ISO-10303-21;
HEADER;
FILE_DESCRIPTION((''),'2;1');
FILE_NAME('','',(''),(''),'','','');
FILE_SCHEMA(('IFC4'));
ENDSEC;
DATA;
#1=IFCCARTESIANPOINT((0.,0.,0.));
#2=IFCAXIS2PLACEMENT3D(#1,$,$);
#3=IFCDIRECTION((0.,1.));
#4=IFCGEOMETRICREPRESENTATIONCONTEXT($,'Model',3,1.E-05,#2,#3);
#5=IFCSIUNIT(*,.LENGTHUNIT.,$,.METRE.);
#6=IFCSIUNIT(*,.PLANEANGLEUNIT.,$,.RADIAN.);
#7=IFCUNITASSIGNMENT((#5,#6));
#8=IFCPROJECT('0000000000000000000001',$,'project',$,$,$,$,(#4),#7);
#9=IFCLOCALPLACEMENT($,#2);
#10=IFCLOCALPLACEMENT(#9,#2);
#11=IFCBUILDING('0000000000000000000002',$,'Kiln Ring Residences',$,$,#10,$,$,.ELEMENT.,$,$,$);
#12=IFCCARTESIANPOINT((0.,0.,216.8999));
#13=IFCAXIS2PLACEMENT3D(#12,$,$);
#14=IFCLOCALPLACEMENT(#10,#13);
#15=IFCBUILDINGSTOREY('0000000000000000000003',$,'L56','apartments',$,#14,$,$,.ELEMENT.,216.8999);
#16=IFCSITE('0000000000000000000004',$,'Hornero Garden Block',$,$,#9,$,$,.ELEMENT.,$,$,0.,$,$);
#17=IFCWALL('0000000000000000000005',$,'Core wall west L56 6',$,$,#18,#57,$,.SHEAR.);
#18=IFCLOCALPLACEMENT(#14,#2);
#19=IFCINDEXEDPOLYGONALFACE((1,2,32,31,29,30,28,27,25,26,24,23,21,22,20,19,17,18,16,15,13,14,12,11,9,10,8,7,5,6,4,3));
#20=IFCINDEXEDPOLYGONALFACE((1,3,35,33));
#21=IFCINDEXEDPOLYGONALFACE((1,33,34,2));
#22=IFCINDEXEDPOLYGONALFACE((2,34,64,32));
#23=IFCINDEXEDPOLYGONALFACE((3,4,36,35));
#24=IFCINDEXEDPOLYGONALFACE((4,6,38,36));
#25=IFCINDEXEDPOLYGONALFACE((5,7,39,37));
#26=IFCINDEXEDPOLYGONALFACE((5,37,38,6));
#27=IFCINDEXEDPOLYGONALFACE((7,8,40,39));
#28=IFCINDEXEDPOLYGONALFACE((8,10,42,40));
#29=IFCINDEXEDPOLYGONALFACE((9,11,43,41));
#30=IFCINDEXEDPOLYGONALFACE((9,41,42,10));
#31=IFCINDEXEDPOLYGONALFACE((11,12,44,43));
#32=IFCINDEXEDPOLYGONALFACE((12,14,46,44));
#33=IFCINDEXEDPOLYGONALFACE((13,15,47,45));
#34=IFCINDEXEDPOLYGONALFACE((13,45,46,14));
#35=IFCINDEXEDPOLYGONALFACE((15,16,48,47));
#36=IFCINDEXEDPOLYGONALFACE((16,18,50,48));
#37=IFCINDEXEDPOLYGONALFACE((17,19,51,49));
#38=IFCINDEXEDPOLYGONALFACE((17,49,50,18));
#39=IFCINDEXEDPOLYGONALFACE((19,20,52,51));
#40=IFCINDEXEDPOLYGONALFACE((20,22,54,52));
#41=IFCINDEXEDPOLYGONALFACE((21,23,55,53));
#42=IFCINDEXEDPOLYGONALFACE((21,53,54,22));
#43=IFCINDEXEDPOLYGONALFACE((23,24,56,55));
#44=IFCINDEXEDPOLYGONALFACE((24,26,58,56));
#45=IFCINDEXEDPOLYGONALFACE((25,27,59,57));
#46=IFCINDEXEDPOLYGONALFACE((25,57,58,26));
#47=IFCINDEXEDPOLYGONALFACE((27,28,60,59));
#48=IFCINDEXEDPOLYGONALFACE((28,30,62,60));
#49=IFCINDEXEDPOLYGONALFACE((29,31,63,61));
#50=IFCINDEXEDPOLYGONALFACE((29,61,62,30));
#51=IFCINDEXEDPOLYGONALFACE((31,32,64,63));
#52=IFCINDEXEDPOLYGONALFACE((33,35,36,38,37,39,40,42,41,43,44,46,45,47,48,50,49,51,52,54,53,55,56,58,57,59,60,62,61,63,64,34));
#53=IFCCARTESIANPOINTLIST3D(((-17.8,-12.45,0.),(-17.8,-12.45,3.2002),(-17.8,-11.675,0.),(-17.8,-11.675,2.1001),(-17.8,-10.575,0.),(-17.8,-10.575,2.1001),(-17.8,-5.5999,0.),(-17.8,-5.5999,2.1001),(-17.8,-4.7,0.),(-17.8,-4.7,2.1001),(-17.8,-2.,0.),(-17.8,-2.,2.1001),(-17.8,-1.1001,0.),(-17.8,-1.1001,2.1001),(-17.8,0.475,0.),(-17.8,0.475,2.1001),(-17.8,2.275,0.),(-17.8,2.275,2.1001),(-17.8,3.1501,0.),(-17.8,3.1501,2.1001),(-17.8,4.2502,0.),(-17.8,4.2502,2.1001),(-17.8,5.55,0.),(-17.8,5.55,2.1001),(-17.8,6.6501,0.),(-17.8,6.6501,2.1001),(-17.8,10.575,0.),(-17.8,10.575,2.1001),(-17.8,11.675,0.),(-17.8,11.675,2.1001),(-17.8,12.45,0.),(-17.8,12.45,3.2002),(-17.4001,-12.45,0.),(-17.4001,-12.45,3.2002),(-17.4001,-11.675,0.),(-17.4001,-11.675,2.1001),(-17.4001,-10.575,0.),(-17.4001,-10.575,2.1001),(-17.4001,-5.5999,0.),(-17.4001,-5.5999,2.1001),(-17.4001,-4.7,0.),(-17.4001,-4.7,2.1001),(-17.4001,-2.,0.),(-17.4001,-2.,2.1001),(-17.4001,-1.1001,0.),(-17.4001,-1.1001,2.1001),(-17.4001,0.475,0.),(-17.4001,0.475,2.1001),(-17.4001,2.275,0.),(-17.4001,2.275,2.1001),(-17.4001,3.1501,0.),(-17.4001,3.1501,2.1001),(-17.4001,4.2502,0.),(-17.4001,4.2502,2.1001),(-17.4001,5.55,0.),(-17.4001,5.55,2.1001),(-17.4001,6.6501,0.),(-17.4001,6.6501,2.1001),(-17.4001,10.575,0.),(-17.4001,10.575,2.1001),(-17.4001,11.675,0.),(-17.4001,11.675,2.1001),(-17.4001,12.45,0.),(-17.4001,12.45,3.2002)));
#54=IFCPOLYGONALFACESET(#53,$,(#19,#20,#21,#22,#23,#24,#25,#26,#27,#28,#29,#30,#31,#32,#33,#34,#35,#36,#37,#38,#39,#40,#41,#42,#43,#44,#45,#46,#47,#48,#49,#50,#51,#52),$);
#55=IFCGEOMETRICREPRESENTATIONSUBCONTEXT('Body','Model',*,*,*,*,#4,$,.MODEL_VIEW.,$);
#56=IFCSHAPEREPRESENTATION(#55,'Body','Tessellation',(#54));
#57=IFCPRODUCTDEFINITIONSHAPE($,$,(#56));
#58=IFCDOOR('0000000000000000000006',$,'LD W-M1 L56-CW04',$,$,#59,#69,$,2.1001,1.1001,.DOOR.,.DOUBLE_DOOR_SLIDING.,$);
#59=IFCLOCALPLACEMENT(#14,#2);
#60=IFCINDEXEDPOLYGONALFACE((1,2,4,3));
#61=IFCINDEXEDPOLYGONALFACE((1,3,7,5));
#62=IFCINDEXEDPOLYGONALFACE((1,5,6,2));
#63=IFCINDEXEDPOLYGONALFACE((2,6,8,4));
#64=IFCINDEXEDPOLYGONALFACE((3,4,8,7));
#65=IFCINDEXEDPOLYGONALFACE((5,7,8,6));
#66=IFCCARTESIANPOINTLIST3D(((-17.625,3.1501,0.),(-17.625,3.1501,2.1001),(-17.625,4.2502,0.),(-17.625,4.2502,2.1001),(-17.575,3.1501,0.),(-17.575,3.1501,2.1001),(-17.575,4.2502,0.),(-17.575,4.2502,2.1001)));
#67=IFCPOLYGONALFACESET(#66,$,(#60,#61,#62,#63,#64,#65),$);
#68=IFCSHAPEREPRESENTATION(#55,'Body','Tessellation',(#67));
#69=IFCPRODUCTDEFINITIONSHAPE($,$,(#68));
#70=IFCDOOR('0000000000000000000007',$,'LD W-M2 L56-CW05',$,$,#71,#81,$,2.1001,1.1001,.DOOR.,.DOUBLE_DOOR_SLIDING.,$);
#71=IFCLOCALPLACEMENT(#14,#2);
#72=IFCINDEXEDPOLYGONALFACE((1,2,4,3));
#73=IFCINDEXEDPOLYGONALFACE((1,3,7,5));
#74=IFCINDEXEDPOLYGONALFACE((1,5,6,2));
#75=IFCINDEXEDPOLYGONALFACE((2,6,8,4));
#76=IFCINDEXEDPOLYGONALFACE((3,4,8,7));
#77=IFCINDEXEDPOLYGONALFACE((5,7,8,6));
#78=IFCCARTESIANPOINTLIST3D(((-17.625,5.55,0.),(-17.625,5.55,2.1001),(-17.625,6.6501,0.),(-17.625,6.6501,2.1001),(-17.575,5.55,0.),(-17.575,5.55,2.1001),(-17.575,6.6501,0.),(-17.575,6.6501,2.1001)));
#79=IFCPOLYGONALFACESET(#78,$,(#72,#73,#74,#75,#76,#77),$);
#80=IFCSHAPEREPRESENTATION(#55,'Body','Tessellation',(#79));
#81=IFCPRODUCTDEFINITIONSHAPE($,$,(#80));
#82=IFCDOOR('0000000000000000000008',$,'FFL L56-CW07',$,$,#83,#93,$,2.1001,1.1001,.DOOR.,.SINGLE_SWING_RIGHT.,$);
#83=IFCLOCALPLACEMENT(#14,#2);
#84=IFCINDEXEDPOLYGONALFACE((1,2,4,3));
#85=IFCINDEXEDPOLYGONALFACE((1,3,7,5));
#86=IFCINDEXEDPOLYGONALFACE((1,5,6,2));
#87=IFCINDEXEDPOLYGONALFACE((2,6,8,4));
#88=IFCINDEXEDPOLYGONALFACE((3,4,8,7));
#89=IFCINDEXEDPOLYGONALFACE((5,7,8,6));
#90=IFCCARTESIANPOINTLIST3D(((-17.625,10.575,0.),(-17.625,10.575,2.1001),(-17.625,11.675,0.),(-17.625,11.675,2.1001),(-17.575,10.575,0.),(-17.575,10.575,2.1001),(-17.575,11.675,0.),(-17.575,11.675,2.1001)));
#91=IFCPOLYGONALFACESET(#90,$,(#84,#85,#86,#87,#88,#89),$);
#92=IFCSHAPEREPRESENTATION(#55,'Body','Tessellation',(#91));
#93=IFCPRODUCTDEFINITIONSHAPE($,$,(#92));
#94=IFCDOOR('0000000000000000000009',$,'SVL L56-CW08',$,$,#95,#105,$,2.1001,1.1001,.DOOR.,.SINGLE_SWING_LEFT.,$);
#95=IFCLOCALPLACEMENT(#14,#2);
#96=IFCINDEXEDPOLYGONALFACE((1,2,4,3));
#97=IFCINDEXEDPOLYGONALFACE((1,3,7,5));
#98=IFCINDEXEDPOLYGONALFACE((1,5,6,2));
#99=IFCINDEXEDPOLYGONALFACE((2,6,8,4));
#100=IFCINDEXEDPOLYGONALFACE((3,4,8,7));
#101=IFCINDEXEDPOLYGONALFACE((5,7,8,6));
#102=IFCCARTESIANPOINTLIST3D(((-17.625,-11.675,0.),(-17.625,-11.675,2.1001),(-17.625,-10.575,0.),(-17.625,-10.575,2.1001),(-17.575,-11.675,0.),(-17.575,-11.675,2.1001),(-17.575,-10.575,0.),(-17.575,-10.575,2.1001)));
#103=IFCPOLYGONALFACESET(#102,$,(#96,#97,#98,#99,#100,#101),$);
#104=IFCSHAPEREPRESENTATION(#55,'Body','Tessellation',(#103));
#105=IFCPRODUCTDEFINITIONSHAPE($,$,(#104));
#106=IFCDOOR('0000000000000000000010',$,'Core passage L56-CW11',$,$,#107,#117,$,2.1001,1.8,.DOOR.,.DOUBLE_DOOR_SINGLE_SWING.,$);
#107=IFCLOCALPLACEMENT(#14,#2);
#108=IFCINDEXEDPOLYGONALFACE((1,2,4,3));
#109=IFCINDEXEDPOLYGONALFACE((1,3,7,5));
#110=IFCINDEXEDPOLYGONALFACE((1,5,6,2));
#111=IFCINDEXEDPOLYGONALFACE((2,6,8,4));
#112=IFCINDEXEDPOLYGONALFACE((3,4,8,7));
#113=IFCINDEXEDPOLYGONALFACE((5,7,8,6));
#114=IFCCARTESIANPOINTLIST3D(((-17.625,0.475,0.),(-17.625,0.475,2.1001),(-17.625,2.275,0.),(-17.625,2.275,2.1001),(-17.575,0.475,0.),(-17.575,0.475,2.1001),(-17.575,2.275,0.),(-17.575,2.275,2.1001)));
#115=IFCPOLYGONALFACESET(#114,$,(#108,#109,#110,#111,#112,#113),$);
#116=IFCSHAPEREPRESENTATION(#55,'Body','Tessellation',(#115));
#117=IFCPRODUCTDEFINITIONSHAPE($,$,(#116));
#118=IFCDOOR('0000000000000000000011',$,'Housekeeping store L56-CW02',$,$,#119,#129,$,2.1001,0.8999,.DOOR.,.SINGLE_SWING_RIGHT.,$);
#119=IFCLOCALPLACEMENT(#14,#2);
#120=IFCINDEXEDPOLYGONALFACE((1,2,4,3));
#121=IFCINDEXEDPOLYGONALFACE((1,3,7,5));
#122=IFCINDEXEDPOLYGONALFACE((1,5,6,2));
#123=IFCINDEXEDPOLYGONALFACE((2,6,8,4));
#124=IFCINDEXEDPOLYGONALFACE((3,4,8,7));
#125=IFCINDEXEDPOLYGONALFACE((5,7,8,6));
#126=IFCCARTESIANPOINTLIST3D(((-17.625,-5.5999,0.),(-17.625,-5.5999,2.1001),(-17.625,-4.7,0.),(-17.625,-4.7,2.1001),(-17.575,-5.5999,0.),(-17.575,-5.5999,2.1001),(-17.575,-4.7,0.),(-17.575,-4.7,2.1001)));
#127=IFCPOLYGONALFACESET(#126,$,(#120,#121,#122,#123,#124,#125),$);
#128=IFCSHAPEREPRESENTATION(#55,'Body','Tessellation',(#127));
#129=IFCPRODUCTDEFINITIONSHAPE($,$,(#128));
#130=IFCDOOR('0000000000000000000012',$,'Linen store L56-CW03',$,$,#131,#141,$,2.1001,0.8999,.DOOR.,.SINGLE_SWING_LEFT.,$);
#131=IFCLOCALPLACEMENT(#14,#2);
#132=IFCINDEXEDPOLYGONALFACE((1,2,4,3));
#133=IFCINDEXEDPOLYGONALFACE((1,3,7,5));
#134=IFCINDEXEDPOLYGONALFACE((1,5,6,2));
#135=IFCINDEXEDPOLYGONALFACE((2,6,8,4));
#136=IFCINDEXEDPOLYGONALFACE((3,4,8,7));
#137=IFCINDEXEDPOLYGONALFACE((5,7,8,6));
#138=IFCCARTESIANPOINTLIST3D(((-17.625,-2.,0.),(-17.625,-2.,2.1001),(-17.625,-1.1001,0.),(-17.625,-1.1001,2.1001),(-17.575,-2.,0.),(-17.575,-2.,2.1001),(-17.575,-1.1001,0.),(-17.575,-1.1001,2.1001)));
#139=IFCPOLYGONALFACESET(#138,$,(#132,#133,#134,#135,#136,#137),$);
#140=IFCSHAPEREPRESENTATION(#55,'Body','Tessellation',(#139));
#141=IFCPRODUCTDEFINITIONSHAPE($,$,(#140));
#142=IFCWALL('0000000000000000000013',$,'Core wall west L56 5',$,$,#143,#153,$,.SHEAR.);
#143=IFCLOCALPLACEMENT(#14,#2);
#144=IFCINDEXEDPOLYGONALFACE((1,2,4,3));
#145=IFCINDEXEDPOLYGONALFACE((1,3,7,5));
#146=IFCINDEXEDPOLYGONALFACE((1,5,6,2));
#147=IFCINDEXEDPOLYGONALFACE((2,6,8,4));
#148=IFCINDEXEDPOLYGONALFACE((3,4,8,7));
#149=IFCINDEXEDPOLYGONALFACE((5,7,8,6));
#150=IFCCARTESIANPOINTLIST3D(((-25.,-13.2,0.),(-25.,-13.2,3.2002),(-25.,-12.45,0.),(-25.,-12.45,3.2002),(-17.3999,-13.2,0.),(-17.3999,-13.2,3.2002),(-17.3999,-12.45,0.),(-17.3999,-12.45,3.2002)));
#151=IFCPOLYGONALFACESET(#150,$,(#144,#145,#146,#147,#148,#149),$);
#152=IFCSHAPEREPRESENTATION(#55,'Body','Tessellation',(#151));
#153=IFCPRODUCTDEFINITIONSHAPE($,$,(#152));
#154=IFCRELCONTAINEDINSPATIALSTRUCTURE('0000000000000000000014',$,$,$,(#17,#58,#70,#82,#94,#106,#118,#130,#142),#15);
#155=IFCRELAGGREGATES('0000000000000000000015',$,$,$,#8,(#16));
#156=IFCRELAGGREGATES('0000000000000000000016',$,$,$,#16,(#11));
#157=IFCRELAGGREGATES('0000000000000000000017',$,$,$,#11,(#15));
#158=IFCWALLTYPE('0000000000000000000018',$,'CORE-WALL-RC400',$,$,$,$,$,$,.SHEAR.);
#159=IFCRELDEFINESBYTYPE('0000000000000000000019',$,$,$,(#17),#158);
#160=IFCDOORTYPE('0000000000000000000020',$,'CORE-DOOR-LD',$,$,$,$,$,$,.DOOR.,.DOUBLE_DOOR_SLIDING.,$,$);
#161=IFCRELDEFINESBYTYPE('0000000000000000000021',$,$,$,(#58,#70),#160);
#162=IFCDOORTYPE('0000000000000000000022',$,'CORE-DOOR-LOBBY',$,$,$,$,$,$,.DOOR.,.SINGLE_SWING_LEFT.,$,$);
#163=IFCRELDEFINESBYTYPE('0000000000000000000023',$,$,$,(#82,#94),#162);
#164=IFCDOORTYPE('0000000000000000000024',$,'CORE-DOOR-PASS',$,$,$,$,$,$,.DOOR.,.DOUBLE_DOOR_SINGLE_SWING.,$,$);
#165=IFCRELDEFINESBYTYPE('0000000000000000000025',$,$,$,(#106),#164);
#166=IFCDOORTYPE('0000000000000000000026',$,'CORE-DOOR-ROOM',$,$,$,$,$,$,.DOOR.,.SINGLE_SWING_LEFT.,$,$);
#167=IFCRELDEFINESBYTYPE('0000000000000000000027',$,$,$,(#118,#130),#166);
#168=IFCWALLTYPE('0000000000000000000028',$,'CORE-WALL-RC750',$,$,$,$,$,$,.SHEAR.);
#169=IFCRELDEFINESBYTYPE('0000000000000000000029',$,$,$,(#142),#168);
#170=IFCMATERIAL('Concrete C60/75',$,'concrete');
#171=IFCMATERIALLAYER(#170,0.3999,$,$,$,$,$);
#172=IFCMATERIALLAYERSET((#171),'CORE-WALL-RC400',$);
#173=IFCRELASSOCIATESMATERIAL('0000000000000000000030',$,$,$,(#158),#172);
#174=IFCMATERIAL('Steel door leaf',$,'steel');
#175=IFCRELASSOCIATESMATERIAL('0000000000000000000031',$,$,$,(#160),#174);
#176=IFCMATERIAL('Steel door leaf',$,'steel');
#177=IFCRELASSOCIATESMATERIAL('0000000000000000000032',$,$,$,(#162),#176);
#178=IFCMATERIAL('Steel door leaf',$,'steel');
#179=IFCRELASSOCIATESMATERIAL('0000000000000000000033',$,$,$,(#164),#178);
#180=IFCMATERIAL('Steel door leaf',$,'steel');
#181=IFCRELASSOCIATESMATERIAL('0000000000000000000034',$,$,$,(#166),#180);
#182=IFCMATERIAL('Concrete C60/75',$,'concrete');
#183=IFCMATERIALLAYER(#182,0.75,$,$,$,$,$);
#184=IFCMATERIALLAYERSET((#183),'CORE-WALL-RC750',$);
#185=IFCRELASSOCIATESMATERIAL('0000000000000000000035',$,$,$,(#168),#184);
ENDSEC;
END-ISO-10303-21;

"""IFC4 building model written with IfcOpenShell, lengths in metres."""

from ifc_helpers import new_model, si_unit, direction, frame, frame_2d, origin, place, context, subcontext, project, spatial, rectangle, extrude, material, layer, layer_set, type_object, element, fill, save


model = new_model("IFC4")

# Units and contexts
model_context = context("Model", 3, precision=1e-05, world=origin(), true_north=direction((0.0, 1.0)))
body_context = subcontext(model_context, "Body", "Model", "MODEL_VIEW")
ifc_project = project(units=[si_unit("LENGTHUNIT", "METRE"), si_unit("PLANEANGLEUNIT", "RADIAN")], contexts=[model_context])

# Site, building, storey
site_placement = place(None, origin())
site = spatial("IfcSite", under=ifc_project, at=site_placement, Name="Hornero Garden Block", CompositionType="ELEMENT", RefElevation=0.0)
building_placement = place(site_placement, origin())
building = spatial("IfcBuilding", under=site, at=building_placement, Name="Kiln Ring Residences", CompositionType="ELEMENT")
storey_placement = place(building_placement, frame((0.0, 0.0, 216.8999)))
storey = spatial("IfcBuildingStorey", under=building, at=storey_placement, Name="L56", Description="apartments", CompositionType="ELEMENT", Elevation=216.8999)

# Wall, openings, doors
ifc_material_1 = material(Name="Concrete C60/75", Category="concrete")
ifc_layer_1 = layer(ifc_material_1, 0.3999)
ifc_layer_set_1 = layer_set([ifc_layer_1], Name="CORE-WALL-RC400")
wall_type_1 = type_object("IfcWallType", Name="CORE-WALL-RC400", PredefinedType="SHEAR", material=ifc_layer_set_1)
wall_1_placement = place(storey_placement, frame((-17.6001, -12.45, 0.0), z_axis=(0.0, 0.0, 1.0), x_axis=(0.0, 1.0, 0.0)))
wall_1 = element("IfcWall", 1, at=wall_1_placement, inside=storey, type_object=wall_type_1, Name="Core wall west L56 6", PredefinedType="SHEAR", context=body_context, shape_type="SweptSolid", body=[
    extrude(rectangle(XDim=24.8999, YDim=0.3999, at=frame_2d((12.45, 0.0))), origin(), (0.0, 0.0, 1.0), 3.2002),
])
opening_1_placement = place(wall_1_placement, frame((6.8501, 0.0, 0.0)))
opening_1 = element("IfcOpeningElement", 2, at=opening_1_placement, cuts=wall_1, PredefinedType="OPENING", context=body_context, shape_type="SweptSolid", body=[
    extrude(rectangle(XDim=0.8999, YDim=2.1001, at=frame_2d((0.45, 1.05))), frame((0.0, 0.21, 0.0), z_axis=(0.0, -1.0, 0.0), x_axis=(1.0, 0.0, 0.0)), (0.0, 0.0, 1.0), 0.4199),
])
opening_2_placement = place(wall_1_placement, frame((10.45, 0.0, 0.0)))
opening_2 = element("IfcOpeningElement", 3, at=opening_2_placement, cuts=wall_1, PredefinedType="OPENING", context=body_context, shape_type="SweptSolid", body=[
    extrude(rectangle(XDim=0.8999, YDim=2.1001, at=frame_2d((0.45, 1.05))), frame((0.0, 0.21, 0.0), z_axis=(0.0, -1.0, 0.0), x_axis=(1.0, 0.0, 0.0)), (0.0, 0.0, 1.0), 0.4199),
])
opening_3_placement = place(wall_1_placement, frame((15.6001, 0.0, 0.0)))
opening_3 = element("IfcOpeningElement", 4, at=opening_3_placement, cuts=wall_1, PredefinedType="OPENING", context=body_context, shape_type="SweptSolid", body=[
    extrude(rectangle(XDim=1.1001, YDim=2.1001, at=frame_2d((0.55, 1.05))), frame((0.0, 0.21, 0.0), z_axis=(0.0, -1.0, 0.0), x_axis=(1.0, 0.0, 0.0)), (0.0, 0.0, 1.0), 0.4199),
])
opening_4_placement = place(wall_1_placement, frame((18.0, 0.0, 0.0)))
opening_4 = element("IfcOpeningElement", 5, at=opening_4_placement, cuts=wall_1, PredefinedType="OPENING", context=body_context, shape_type="SweptSolid", body=[
    extrude(rectangle(XDim=1.1001, YDim=2.1001, at=frame_2d((0.55, 1.05))), frame((0.0, 0.21, 0.0), z_axis=(0.0, -1.0, 0.0), x_axis=(1.0, 0.0, 0.0)), (0.0, 0.0, 1.0), 0.4199),
])
opening_5_placement = place(wall_1_placement, frame((23.0249, 0.0, 0.0)))
opening_5 = element("IfcOpeningElement", 6, at=opening_5_placement, cuts=wall_1, PredefinedType="OPENING", context=body_context, shape_type="SweptSolid", body=[
    extrude(rectangle(XDim=1.1001, YDim=2.1001, at=frame_2d((0.55, 1.05))), frame((0.0, 0.21, 0.0), z_axis=(0.0, -1.0, 0.0), x_axis=(1.0, 0.0, 0.0)), (0.0, 0.0, 1.0), 0.4199),
])
opening_6_placement = place(wall_1_placement, frame((0.7749, 0.0, 0.0)))
opening_6 = element("IfcOpeningElement", 7, at=opening_6_placement, cuts=wall_1, PredefinedType="OPENING", context=body_context, shape_type="SweptSolid", body=[
    extrude(rectangle(XDim=1.1001, YDim=2.1001, at=frame_2d((0.55, 1.05))), frame((0.0, 0.21, 0.0), z_axis=(0.0, -1.0, 0.0), x_axis=(1.0, 0.0, 0.0)), (0.0, 0.0, 1.0), 0.4199),
])
opening_7_placement = place(wall_1_placement, frame((12.925, 0.0, 0.0)))
opening_7 = element("IfcOpeningElement", 8, at=opening_7_placement, cuts=wall_1, PredefinedType="OPENING", context=body_context, shape_type="SweptSolid", body=[
    extrude(rectangle(XDim=1.8, YDim=2.1001, at=frame_2d((0.8999, 1.05))), frame((0.0, 0.21, 0.0), z_axis=(0.0, -1.0, 0.0), x_axis=(1.0, 0.0, 0.0)), (0.0, 0.0, 1.0), 0.4199),
])
ifc_material_2 = material(Name="Steel door leaf", Category="steel")
door_type_1 = type_object("IfcDoorType", Name="CORE-DOOR-LD", OperationType="DOUBLE_DOOR_SLIDING", PredefinedType="DOOR", material=ifc_material_2)
door_1_placement = place(opening_3_placement, origin())
door_1 = element("IfcDoor", 9, at=door_1_placement, inside=storey, type_object=door_type_1, Name="LD W-M1 L56-CW04", OperationType="DOUBLE_DOOR_SLIDING", OverallHeight=2.1001, OverallWidth=1.1001, PredefinedType="DOOR", context=body_context, shape_type="SweptSolid", body=[
    extrude(rectangle(XDim=1.1001, YDim=2.1001, at=frame_2d((0.55, 1.05))), frame((0.0, 0.0249, 0.0), z_axis=(0.0, -1.0, 0.0), x_axis=(1.0, 0.0, 0.0)), (0.0, 0.0, 1.0), 0.05),
])
fill(opening_3, door_1)
door_2_placement = place(opening_4_placement, origin())
door_2 = element("IfcDoor", 10, at=door_2_placement, inside=storey, type_object=door_type_1, Name="LD W-M2 L56-CW05", OperationType="DOUBLE_DOOR_SLIDING", OverallHeight=2.1001, OverallWidth=1.1001, PredefinedType="DOOR", context=body_context, shape_type="SweptSolid", body=[
    extrude(rectangle(XDim=1.1001, YDim=2.1001, at=frame_2d((0.55, 1.05))), frame((0.0, 0.0249, 0.0), z_axis=(0.0, -1.0, 0.0), x_axis=(1.0, 0.0, 0.0)), (0.0, 0.0, 1.0), 0.05),
])
fill(opening_4, door_2)
ifc_material_3 = material(Name="Steel door leaf", Category="steel")
door_type_2 = type_object("IfcDoorType", Name="CORE-DOOR-LOBBY", OperationType="SINGLE_SWING_LEFT", PredefinedType="DOOR", material=ifc_material_3)
door_3_placement = place(opening_5_placement, origin())
door_3 = element("IfcDoor", 11, at=door_3_placement, inside=storey, type_object=door_type_2, Name="FFL L56-CW07", OperationType="SINGLE_SWING_RIGHT", OverallHeight=2.1001, OverallWidth=1.1001, PredefinedType="DOOR", context=body_context, shape_type="SweptSolid", body=[
    extrude(rectangle(XDim=1.1001, YDim=2.1001, at=frame_2d((0.55, 1.05))), frame((0.0, 0.0249, 0.0), z_axis=(0.0, -1.0, 0.0), x_axis=(1.0, 0.0, 0.0)), (0.0, 0.0, 1.0), 0.05),
])
fill(opening_5, door_3)
door_4_placement = place(opening_6_placement, origin())
door_4 = element("IfcDoor", 12, at=door_4_placement, inside=storey, type_object=door_type_2, Name="SVL L56-CW08", OperationType="SINGLE_SWING_LEFT", OverallHeight=2.1001, OverallWidth=1.1001, PredefinedType="DOOR", context=body_context, shape_type="SweptSolid", body=[
    extrude(rectangle(XDim=1.1001, YDim=2.1001, at=frame_2d((0.55, 1.05))), frame((0.0, 0.0249, 0.0), z_axis=(0.0, -1.0, 0.0), x_axis=(1.0, 0.0, 0.0)), (0.0, 0.0, 1.0), 0.05),
])
fill(opening_6, door_4)
ifc_material_4 = material(Name="Steel door leaf", Category="steel")
door_type_3 = type_object("IfcDoorType", Name="CORE-DOOR-PASS", OperationType="DOUBLE_DOOR_SINGLE_SWING", PredefinedType="DOOR", material=ifc_material_4)
door_5_placement = place(opening_7_placement, origin())
door_5 = element("IfcDoor", 13, at=door_5_placement, inside=storey, type_object=door_type_3, Name="Core passage L56-CW11", OperationType="DOUBLE_DOOR_SINGLE_SWING", OverallHeight=2.1001, OverallWidth=1.8, PredefinedType="DOOR", context=body_context, shape_type="SweptSolid", body=[
    extrude(rectangle(XDim=1.8, YDim=2.1001, at=frame_2d((0.8999, 1.05))), frame((0.0, 0.0249, 0.0), z_axis=(0.0, -1.0, 0.0), x_axis=(1.0, 0.0, 0.0)), (0.0, 0.0, 1.0), 0.05),
])
fill(opening_7, door_5)
ifc_material_5 = material(Name="Steel door leaf", Category="steel")
door_type_4 = type_object("IfcDoorType", Name="CORE-DOOR-ROOM", OperationType="SINGLE_SWING_LEFT", PredefinedType="DOOR", material=ifc_material_5)
door_6_placement = place(opening_1_placement, origin())
door_6 = element("IfcDoor", 14, at=door_6_placement, inside=storey, type_object=door_type_4, Name="Housekeeping store L56-CW02", OperationType="SINGLE_SWING_RIGHT", OverallHeight=2.1001, OverallWidth=0.8999, PredefinedType="DOOR", context=body_context, shape_type="SweptSolid", body=[
    extrude(rectangle(XDim=0.8999, YDim=2.1001, at=frame_2d((0.45, 1.05))), frame((0.0, 0.0249, 0.0), z_axis=(0.0, -1.0, 0.0), x_axis=(1.0, 0.0, 0.0)), (0.0, 0.0, 1.0), 0.05),
])
fill(opening_1, door_6)
door_7_placement = place(opening_2_placement, origin())
door_7 = element("IfcDoor", 15, at=door_7_placement, inside=storey, type_object=door_type_4, Name="Linen store L56-CW03", OperationType="SINGLE_SWING_LEFT", OverallHeight=2.1001, OverallWidth=0.8999, PredefinedType="DOOR", context=body_context, shape_type="SweptSolid", body=[
    extrude(rectangle(XDim=0.8999, YDim=2.1001, at=frame_2d((0.45, 1.05))), frame((0.0, 0.0249, 0.0), z_axis=(0.0, -1.0, 0.0), x_axis=(1.0, 0.0, 0.0)), (0.0, 0.0, 1.0), 0.05),
])
fill(opening_2, door_7)

# Wall
ifc_material_6 = material(Name="Concrete C60/75", Category="concrete")
ifc_layer_2 = layer(ifc_material_6, 0.75)
ifc_layer_set_2 = layer_set([ifc_layer_2], Name="CORE-WALL-RC750")
wall_type_2 = type_object("IfcWallType", Name="CORE-WALL-RC750", PredefinedType="SHEAR", material=ifc_layer_set_2)
wall_2_placement = place(storey_placement, frame((-17.3999, -12.825, 0.0), z_axis=(0.0, 0.0, 1.0), x_axis=(-1.0, 0.0, 0.0)))
element("IfcWall", 16, at=wall_2_placement, inside=storey, type_object=wall_type_2, Name="Core wall west L56 5", PredefinedType="SHEAR", context=body_context, shape_type="SweptSolid", body=[
    extrude(rectangle(XDim=7.6001, YDim=0.75, at=frame_2d((3.8, 0.0))), origin(), (0.0, 0.0, 1.0), 3.2002),
])

save(model, "model.ifc")
